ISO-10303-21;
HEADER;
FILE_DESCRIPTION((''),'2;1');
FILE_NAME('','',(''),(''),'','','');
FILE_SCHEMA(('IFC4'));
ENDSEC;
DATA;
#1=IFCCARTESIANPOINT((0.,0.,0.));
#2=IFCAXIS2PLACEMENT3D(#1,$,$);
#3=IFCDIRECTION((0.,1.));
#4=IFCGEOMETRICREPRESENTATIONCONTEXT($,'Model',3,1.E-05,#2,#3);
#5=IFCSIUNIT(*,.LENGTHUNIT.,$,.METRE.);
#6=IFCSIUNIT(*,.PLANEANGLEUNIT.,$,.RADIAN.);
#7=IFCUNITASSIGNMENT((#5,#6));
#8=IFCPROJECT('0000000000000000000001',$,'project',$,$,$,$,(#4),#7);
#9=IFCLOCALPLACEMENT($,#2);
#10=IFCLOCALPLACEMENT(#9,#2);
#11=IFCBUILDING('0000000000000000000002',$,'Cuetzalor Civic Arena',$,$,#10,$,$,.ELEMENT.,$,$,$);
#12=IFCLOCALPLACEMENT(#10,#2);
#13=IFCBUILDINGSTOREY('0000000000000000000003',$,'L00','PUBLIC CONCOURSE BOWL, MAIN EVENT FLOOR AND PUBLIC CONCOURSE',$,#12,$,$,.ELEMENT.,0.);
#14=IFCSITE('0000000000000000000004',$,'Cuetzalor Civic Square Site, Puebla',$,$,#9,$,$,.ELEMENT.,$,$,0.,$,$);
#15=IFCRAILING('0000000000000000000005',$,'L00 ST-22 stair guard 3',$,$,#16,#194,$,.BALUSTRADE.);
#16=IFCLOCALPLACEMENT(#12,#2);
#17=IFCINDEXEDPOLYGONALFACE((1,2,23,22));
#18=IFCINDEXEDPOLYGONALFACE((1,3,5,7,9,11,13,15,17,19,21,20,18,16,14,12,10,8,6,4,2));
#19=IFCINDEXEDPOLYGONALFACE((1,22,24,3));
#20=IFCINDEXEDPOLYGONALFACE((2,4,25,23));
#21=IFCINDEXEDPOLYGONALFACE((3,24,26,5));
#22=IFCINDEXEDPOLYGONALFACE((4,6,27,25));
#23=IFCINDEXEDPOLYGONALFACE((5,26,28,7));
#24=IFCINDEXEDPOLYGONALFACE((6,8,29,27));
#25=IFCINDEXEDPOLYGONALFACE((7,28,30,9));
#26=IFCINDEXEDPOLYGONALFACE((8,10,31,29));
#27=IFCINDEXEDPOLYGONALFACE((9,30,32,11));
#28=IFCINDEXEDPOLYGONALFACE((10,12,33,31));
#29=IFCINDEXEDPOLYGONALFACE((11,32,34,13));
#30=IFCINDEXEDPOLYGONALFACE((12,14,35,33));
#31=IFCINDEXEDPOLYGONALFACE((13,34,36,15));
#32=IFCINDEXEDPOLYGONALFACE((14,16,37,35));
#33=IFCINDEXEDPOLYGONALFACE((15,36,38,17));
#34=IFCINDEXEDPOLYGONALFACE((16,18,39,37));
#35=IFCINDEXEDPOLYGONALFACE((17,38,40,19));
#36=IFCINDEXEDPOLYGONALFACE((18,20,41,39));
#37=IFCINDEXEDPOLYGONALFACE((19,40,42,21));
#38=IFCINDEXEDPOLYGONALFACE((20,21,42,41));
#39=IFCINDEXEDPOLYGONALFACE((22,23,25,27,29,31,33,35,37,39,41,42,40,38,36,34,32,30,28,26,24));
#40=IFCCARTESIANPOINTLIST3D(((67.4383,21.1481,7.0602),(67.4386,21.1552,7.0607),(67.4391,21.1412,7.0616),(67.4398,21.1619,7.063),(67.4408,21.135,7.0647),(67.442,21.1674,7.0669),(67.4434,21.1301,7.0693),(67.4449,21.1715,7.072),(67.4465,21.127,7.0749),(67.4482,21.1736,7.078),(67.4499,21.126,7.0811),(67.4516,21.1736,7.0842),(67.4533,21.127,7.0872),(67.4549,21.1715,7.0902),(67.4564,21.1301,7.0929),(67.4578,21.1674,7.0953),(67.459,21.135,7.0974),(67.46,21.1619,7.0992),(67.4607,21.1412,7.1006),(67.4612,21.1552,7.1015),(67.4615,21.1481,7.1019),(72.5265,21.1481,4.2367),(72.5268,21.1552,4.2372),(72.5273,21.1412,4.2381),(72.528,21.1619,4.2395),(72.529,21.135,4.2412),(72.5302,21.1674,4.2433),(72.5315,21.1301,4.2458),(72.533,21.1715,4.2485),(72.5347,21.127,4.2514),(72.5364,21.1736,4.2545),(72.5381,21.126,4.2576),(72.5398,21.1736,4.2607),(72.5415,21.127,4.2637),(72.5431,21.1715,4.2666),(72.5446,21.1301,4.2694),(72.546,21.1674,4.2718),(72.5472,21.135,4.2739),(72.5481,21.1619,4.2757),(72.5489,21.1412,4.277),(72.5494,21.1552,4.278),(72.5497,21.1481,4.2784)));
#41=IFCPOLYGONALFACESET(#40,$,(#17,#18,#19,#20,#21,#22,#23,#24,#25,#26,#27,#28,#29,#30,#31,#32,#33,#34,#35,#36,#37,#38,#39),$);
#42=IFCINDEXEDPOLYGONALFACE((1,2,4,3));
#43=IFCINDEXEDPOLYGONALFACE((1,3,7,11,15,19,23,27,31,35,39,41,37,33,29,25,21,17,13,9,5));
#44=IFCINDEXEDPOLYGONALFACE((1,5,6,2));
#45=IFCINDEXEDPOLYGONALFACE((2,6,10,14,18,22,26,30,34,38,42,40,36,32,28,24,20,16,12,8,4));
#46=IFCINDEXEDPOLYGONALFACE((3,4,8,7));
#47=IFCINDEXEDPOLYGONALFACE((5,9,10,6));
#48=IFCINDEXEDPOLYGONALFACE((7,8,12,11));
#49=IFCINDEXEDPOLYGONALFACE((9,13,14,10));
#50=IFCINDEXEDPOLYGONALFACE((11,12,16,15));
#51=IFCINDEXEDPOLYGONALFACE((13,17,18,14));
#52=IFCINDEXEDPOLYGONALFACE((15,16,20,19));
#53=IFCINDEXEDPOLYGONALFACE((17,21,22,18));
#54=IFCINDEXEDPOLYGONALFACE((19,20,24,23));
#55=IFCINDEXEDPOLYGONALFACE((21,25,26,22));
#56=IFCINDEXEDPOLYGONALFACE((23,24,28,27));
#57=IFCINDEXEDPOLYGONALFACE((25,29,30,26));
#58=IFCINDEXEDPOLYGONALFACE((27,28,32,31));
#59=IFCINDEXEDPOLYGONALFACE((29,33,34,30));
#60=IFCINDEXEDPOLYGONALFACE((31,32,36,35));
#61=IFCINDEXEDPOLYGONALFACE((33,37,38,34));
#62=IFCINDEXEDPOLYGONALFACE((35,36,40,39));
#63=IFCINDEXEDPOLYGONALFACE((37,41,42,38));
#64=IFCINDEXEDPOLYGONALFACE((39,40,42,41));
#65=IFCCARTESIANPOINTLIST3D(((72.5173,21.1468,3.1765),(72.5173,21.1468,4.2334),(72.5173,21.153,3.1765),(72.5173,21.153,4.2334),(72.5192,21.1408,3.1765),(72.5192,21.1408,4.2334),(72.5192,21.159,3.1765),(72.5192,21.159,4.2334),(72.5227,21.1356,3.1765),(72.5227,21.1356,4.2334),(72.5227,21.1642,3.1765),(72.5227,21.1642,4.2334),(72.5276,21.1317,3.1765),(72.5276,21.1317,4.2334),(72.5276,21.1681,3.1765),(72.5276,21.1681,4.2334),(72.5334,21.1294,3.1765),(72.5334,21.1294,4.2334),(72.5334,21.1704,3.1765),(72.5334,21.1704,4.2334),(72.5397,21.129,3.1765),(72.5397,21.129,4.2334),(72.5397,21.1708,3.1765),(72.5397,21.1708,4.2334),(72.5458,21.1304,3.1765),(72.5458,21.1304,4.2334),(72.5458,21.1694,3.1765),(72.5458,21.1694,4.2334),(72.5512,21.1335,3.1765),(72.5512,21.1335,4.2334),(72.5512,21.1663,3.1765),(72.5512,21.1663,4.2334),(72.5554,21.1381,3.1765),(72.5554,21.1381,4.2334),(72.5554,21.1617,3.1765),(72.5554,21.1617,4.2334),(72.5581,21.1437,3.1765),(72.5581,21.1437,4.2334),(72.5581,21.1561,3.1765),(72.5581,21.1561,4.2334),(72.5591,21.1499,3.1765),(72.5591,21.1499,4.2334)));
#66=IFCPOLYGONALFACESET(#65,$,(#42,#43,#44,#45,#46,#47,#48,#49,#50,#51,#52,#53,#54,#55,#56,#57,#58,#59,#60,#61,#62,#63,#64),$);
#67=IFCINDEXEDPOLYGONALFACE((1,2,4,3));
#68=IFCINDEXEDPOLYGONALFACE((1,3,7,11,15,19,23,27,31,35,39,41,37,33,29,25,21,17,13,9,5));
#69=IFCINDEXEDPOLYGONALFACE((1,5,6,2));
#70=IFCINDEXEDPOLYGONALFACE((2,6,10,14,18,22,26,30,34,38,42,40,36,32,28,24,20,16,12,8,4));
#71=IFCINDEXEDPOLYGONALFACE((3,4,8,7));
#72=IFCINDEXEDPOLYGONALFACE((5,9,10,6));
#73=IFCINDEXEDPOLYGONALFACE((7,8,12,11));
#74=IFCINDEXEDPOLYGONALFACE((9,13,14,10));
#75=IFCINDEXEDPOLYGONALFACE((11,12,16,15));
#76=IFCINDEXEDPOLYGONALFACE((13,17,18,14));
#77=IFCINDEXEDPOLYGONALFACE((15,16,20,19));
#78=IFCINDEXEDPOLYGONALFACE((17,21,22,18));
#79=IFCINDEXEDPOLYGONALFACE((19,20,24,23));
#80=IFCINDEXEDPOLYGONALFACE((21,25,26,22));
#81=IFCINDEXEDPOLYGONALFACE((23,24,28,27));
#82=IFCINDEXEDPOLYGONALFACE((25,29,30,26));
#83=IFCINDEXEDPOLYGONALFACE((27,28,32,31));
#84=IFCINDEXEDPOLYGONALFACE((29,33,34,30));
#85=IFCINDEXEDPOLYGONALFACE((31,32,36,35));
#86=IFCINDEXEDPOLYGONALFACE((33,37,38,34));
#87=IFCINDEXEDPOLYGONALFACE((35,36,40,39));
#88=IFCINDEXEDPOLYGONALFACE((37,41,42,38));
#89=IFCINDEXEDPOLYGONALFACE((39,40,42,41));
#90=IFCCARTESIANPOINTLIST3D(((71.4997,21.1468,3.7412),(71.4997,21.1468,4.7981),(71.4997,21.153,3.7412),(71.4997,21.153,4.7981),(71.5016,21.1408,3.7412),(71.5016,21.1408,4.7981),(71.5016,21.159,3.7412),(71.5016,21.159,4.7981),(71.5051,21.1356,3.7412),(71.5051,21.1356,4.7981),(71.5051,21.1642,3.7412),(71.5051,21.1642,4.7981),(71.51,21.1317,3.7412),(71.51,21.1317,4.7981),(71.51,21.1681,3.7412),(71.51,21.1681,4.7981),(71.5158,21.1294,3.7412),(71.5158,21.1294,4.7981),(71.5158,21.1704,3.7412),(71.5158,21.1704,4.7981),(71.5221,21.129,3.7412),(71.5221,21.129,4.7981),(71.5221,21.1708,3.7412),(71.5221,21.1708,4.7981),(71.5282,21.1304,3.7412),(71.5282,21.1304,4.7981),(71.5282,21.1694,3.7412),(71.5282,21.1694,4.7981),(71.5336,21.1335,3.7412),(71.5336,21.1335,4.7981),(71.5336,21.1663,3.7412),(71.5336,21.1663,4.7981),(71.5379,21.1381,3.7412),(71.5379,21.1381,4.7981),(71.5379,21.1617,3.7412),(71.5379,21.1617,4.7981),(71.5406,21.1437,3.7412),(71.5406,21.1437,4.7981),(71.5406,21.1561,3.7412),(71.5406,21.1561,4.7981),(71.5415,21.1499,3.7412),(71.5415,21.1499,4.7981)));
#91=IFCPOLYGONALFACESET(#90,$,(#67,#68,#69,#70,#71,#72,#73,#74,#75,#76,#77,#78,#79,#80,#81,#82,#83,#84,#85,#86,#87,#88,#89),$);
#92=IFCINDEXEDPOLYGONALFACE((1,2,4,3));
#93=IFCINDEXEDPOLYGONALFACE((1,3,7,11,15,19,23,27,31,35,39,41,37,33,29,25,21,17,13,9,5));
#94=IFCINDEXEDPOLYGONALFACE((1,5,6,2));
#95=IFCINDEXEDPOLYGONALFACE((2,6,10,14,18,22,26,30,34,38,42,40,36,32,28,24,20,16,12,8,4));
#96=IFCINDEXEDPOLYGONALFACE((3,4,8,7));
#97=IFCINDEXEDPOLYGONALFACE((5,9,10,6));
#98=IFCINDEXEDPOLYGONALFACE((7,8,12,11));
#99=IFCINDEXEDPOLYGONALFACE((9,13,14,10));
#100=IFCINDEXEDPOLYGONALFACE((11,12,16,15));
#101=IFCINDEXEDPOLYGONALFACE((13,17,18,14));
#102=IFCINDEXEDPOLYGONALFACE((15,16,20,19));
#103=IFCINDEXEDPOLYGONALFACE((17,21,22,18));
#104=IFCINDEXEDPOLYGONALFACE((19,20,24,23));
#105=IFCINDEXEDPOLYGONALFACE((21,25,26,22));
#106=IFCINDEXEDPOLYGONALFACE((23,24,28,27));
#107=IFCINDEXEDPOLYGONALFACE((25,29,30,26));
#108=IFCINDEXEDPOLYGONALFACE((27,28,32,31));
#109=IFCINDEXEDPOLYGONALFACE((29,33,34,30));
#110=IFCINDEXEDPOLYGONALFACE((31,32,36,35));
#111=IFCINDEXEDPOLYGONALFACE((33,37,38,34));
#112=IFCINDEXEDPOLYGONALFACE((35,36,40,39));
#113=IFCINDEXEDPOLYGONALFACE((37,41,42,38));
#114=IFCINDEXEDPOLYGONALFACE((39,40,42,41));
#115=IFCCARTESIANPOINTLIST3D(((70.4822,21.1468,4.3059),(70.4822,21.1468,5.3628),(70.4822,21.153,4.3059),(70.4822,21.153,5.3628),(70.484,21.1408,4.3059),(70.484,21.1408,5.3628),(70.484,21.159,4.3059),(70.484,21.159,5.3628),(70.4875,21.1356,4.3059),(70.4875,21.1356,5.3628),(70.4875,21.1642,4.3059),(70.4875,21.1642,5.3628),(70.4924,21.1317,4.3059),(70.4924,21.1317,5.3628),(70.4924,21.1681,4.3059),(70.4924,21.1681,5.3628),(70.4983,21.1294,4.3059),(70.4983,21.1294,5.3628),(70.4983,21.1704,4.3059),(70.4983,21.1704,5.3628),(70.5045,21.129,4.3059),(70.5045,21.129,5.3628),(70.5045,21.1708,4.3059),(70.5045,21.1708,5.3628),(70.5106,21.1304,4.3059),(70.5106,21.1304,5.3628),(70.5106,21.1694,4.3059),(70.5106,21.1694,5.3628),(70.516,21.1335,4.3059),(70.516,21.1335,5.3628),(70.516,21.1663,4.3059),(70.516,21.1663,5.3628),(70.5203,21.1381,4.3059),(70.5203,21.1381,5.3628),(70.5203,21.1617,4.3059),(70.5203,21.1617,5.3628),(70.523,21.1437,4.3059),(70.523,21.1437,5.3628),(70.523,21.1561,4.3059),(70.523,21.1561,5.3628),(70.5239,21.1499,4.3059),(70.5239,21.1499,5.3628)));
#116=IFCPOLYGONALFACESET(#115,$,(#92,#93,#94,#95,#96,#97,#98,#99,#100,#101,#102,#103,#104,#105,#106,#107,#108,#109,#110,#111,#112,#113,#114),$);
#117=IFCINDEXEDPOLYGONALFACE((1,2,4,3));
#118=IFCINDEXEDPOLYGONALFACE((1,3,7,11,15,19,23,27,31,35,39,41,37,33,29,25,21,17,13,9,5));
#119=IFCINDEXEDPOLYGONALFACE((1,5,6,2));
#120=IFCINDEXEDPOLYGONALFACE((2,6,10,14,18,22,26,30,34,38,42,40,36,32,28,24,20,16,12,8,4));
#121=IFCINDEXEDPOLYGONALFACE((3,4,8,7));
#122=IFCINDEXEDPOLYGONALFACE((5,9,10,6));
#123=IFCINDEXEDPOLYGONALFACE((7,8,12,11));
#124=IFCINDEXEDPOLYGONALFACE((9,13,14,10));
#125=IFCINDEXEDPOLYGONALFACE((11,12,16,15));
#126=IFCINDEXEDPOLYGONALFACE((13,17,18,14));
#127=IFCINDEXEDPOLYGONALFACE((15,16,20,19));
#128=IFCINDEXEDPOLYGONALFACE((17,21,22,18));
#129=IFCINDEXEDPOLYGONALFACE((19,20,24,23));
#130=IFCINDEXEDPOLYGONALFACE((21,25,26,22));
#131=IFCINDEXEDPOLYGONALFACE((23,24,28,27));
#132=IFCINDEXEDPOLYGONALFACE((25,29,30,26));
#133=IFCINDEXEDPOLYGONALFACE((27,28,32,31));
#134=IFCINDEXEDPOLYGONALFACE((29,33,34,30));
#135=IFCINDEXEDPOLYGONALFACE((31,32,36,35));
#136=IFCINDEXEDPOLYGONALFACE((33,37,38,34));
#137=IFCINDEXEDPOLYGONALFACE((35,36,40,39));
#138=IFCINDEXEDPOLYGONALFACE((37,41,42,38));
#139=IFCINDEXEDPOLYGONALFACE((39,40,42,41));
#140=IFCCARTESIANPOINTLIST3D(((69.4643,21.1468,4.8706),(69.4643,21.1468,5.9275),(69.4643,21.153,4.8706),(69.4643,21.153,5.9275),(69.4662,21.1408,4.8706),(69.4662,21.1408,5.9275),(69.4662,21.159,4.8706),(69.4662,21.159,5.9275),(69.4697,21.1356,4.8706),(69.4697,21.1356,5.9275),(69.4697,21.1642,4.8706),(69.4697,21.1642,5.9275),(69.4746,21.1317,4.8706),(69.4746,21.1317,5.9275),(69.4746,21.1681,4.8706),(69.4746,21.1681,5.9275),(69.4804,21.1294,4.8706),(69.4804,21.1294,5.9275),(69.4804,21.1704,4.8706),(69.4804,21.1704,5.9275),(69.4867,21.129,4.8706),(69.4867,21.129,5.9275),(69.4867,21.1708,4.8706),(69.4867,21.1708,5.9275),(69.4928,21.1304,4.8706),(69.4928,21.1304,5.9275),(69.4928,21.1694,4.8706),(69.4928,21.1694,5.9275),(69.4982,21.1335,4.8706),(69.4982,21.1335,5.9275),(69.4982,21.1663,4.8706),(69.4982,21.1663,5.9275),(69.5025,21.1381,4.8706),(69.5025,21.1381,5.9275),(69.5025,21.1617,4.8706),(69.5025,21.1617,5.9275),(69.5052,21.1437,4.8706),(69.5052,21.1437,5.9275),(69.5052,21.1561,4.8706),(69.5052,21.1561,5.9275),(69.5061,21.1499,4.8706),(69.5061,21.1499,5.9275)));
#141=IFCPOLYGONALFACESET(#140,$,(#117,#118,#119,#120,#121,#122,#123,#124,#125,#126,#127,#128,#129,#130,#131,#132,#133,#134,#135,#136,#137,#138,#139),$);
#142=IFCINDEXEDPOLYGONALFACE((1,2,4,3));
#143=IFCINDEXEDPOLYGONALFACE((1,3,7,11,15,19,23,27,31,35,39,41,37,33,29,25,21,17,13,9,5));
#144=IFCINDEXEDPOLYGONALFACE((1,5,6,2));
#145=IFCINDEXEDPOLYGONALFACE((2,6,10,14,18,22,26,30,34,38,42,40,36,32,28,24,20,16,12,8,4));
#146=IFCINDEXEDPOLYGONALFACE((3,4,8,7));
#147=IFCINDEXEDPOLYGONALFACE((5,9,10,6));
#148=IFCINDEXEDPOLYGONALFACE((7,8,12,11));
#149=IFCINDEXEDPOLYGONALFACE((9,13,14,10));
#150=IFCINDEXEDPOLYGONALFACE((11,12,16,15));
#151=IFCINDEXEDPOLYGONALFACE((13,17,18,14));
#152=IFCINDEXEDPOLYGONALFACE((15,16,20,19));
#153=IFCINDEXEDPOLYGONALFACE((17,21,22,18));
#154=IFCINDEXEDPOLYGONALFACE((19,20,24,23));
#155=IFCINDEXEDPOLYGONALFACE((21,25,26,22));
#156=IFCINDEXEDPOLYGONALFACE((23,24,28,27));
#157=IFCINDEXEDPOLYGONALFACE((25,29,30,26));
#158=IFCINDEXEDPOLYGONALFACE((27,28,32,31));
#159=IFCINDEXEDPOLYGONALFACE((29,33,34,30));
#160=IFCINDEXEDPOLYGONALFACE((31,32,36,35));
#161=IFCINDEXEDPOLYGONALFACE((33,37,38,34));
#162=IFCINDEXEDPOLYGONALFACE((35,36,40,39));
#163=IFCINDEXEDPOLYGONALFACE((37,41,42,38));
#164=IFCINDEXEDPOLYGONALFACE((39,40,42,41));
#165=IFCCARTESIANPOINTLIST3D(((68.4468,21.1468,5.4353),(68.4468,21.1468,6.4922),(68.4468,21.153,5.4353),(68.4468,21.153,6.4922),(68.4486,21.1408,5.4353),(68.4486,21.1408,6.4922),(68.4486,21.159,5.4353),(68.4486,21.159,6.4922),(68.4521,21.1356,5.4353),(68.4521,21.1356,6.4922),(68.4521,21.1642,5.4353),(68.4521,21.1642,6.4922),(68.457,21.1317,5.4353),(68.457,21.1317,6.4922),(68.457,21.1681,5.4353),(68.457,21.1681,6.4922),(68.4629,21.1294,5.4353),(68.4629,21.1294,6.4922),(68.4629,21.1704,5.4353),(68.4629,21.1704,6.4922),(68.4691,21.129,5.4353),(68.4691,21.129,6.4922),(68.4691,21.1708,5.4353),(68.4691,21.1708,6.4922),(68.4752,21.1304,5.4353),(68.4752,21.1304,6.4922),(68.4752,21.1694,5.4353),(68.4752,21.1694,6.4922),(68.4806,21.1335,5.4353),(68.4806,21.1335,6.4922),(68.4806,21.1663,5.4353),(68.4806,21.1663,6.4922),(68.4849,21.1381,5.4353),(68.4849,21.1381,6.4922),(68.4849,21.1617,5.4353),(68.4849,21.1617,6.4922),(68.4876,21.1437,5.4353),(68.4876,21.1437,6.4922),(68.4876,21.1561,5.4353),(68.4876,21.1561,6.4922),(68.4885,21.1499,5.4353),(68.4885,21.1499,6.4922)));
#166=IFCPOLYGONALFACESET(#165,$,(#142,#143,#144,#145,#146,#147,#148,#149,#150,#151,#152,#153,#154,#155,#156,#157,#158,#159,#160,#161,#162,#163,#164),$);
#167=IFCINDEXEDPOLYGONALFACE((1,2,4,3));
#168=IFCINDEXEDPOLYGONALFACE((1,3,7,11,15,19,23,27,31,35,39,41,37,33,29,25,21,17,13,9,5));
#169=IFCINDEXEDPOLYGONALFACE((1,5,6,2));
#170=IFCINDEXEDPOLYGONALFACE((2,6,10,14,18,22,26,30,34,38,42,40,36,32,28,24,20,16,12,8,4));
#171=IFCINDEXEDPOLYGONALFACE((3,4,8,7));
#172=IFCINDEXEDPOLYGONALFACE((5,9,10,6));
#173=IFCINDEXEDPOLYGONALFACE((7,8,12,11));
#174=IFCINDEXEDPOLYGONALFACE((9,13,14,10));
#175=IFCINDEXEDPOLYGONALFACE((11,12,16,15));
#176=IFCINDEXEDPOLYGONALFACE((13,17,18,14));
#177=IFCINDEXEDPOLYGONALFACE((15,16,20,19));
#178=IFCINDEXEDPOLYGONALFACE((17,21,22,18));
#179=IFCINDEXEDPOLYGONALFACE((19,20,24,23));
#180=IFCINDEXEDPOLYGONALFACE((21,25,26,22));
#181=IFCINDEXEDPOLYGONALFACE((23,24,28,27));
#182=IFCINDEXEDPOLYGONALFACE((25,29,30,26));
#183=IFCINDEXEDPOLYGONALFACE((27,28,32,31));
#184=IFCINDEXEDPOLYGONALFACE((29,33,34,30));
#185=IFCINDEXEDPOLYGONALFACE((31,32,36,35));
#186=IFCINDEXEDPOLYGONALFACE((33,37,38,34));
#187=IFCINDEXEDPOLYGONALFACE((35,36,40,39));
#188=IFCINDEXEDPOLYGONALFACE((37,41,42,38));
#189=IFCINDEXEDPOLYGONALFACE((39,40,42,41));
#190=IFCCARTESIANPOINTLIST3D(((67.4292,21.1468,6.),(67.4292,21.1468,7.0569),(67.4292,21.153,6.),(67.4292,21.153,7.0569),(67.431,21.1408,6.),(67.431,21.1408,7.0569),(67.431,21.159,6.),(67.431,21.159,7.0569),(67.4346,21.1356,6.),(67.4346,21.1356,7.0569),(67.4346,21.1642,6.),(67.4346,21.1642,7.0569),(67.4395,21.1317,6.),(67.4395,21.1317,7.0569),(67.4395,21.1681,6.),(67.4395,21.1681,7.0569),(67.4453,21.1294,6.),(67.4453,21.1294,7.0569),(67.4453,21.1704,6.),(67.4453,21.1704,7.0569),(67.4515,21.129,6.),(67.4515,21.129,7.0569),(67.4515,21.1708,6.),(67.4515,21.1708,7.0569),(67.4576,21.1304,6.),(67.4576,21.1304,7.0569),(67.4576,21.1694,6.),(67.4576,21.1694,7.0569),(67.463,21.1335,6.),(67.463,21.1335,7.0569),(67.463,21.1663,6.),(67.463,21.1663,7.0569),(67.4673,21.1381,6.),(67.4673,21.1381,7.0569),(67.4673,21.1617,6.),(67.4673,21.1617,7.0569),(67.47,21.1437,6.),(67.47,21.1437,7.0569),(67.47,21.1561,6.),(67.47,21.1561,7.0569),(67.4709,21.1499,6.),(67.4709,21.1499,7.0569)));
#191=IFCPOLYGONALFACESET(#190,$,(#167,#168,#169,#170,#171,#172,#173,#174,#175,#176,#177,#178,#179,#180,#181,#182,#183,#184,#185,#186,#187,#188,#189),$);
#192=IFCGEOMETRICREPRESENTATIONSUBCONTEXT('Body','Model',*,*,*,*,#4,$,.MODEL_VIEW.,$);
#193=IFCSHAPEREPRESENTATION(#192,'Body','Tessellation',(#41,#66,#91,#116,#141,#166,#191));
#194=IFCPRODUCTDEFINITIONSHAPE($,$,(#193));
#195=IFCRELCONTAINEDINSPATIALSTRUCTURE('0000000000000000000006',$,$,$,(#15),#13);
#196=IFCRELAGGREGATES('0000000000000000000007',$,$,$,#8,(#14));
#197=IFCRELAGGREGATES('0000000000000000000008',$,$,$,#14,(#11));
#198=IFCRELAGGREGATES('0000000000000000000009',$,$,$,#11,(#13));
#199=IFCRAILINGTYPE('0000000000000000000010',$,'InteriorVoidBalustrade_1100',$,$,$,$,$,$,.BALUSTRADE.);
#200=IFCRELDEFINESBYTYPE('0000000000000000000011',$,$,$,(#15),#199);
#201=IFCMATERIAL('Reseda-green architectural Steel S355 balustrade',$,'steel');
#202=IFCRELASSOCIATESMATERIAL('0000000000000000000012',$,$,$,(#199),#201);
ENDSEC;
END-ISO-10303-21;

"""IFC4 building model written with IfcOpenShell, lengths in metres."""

from ifc_helpers import new_model, si_unit, direction, frame, origin, origin_2d, place, context, subcontext, project, spatial, circle, extrude, material, type_object, element, save


model = new_model("IFC4")

# Units and contexts
model_context = context("Model", 3, precision=1e-05, world=origin(), true_north=direction((0.0, 1.0)))
body_context = subcontext(model_context, "Body", "Model", "MODEL_VIEW")
ifc_project = project(units=[si_unit("LENGTHUNIT", "METRE"), si_unit("PLANEANGLEUNIT", "RADIAN")], contexts=[model_context])

# Site, building, storey
site_placement = place(None, origin())
site = spatial("IfcSite", under=ifc_project, at=site_placement, Name="Cuetzalor Civic Square Site, Puebla", CompositionType="ELEMENT", RefElevation=0.0)
building_placement = place(site_placement, origin())
building = spatial("IfcBuilding", under=site, at=building_placement, Name="Cuetzalor Civic Arena", CompositionType="ELEMENT")
storey_placement = place(building_placement, origin())
storey = spatial("IfcBuildingStorey", under=building, at=storey_placement, Name="L00", Description="PUBLIC CONCOURSE BOWL, MAIN EVENT FLOOR AND PUBLIC CONCOURSE", CompositionType="ELEMENT", Elevation=0.0)

# Railing
ifc_material_1 = material(Name="Reseda-green architectural Steel S355 balustrade", Category="steel")
railing_type_1 = type_object("IfcRailingType", Name="InteriorVoidBalustrade_1100", PredefinedType="BALUSTRADE", material=ifc_material_1)
railing_1_placement = place(storey_placement, frame((72.5381, 21.1499, 3.1765)))
element("IfcRailing", 1, at=railing_1_placement, inside=storey, type_object=railing_type_1, Name="L00 ST-22 stair guard 3", PredefinedType="BALUSTRADE", context=body_context, shape_type="SweptSolid", body=[
    extrude(circle(Radius=0.0239, at=origin_2d()), frame((0.0, 0.0, 1.0811), z_axis=(-0.874395, 0.0, 0.485215), x_axis=(0.0, -1.0, 0.0)), (0.0, 0.0, 1.0), 5.8191),
    extrude(circle(Radius=0.021, at=origin_2d()), origin(), (0.0, 0.0, 1.0), 1.0569),
    extrude(circle(Radius=0.021, at=origin_2d()), frame((-1.0176, 0.0, 0.5647)), (0.0, 0.0, 1.0), 1.0569),
    extrude(circle(Radius=0.021, at=origin_2d()), frame((-2.0352, 0.0, 1.1294)), (0.0, 0.0, 1.0), 1.0569),
    extrude(circle(Radius=0.021, at=origin_2d()), frame((-3.053, 0.0, 1.6941)), (0.0, 0.0, 1.0), 1.0569),
    extrude(circle(Radius=0.021, at=origin_2d()), frame((-4.0706, 0.0, 2.2588)), (0.0, 0.0, 1.0), 1.0569),
    extrude(circle(Radius=0.021, at=origin_2d()), frame((-5.0881, 0.0, 2.8235)), (0.0, 0.0, 1.0), 1.0569),
])

save(model, "model.ifc")
